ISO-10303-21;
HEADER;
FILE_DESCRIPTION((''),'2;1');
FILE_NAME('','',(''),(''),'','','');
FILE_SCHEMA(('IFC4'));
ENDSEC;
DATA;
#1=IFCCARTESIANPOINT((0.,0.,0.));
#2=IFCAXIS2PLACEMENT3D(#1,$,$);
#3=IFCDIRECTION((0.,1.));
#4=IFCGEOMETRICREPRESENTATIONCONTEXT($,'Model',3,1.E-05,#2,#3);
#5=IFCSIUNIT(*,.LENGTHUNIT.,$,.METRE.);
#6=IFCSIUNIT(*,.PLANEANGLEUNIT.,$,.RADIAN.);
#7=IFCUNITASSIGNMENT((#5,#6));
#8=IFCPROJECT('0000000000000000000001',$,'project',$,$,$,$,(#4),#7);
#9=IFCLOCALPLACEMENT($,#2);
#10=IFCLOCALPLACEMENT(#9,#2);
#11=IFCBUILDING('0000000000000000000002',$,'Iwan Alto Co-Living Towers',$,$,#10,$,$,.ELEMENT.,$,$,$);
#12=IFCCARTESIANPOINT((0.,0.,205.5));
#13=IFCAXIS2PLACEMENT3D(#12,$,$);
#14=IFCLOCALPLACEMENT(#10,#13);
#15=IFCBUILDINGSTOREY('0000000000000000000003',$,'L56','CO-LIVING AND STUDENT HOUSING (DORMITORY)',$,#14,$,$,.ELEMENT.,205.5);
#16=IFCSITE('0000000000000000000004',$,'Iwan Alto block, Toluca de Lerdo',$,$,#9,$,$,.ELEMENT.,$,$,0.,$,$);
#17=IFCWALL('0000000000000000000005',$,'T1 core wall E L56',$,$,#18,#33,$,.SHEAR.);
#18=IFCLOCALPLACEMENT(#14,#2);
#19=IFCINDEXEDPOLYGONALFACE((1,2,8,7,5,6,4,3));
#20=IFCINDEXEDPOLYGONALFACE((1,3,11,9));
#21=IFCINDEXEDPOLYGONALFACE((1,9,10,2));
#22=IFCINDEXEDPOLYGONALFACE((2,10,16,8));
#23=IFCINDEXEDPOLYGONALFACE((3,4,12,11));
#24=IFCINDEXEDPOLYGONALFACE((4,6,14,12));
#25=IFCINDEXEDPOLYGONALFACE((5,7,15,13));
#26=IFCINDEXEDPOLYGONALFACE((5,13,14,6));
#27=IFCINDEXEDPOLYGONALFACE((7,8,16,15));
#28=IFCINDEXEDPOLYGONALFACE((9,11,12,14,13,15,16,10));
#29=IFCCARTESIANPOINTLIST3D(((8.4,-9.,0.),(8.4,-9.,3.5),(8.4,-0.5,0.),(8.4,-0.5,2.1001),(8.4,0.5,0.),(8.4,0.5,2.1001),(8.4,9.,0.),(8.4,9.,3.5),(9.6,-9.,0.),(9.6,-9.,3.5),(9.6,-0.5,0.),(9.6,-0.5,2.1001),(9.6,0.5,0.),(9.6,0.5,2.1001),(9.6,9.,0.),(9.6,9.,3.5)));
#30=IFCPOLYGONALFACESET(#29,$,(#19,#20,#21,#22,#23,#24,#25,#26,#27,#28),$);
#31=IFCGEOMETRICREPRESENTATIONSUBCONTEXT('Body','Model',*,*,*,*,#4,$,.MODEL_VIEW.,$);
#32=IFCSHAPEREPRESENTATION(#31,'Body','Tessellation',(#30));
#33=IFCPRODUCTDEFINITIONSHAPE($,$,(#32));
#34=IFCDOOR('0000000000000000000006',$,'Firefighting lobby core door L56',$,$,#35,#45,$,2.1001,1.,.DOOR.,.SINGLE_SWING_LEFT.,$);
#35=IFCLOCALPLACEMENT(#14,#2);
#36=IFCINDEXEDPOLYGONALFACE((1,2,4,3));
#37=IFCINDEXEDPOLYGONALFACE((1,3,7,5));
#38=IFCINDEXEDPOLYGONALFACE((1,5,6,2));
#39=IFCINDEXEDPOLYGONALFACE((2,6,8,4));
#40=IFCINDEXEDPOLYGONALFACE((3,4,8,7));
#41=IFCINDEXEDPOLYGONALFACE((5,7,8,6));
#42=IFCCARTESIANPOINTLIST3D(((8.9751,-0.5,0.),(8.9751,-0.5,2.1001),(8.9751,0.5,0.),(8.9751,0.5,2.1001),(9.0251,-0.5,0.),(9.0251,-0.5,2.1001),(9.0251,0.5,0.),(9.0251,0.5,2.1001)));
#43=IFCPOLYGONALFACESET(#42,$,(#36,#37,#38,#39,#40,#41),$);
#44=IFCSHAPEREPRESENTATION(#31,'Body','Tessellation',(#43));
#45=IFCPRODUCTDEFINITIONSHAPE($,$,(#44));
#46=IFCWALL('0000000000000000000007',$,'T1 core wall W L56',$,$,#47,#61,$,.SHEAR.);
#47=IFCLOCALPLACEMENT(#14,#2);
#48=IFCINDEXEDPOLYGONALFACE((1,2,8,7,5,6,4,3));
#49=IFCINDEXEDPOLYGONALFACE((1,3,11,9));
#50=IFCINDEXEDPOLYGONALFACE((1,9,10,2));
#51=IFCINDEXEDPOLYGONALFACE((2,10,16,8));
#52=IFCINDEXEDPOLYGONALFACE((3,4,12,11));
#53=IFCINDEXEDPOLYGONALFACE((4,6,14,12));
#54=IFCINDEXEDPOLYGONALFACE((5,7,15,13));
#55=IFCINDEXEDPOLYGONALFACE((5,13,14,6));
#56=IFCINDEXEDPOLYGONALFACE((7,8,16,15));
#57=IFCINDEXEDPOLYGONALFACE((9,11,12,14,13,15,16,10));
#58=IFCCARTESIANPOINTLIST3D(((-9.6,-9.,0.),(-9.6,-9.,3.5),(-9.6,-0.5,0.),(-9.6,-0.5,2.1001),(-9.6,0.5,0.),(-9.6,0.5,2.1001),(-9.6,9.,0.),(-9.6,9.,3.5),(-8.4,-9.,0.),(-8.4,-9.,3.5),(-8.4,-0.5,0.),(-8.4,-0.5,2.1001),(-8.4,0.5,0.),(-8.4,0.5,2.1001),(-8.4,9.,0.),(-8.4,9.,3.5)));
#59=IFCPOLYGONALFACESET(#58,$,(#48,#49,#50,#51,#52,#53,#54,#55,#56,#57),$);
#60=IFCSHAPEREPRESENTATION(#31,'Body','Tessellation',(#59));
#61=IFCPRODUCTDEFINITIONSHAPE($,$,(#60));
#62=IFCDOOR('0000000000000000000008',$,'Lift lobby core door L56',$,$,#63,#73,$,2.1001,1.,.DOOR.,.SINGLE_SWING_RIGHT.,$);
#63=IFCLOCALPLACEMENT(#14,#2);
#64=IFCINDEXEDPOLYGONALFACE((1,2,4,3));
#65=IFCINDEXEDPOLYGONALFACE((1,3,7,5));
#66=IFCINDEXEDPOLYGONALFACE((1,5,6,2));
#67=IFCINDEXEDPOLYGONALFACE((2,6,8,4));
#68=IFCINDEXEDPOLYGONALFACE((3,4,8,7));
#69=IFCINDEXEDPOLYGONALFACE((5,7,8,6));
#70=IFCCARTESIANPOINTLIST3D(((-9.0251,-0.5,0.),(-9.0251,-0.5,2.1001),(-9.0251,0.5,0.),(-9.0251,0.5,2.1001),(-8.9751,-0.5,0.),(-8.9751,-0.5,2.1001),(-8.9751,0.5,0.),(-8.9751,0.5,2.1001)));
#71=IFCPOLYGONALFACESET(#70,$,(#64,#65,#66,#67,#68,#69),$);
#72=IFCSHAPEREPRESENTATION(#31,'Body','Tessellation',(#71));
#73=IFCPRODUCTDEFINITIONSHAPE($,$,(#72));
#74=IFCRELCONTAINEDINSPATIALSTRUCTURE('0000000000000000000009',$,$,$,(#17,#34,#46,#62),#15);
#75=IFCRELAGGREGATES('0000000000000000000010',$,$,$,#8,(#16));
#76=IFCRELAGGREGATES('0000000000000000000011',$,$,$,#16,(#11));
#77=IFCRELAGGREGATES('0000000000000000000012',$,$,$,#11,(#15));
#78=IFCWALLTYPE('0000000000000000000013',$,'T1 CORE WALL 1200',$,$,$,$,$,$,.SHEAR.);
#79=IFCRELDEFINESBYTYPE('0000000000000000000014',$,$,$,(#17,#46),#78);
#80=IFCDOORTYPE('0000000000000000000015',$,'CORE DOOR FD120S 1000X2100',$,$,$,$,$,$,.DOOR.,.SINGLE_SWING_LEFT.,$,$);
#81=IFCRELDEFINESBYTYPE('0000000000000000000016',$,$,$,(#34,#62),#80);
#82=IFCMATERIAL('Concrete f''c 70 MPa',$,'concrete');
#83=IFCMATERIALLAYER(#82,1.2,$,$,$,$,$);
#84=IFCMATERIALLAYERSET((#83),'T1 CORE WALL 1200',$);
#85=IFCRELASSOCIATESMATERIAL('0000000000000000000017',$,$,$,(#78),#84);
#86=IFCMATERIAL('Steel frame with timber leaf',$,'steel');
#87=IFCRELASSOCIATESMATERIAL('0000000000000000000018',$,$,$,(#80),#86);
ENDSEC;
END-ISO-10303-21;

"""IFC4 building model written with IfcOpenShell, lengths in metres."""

from ifc_helpers import new_model, si_unit, direction, frame, frame_2d, origin, place, context, subcontext, project, spatial, rectangle, extrude, material, layer, layer_set, type_object, element, fill, save


model = new_model("IFC4")

# Units and contexts
model_context = context("Model", 3, precision=1e-05, world=origin(), true_north=direction((0.0, 1.0)))
body_context = subcontext(model_context, "Body", "Model", "MODEL_VIEW")
ifc_project = project(units=[si_unit("LENGTHUNIT", "METRE"), si_unit("PLANEANGLEUNIT", "RADIAN")], contexts=[model_context])

# Site, building, storey
site_placement = place(None, origin())
site = spatial("IfcSite", under=ifc_project, at=site_placement, Name="Iwan Alto block, Toluca de Lerdo", CompositionType="ELEMENT", RefElevation=0.0)
building_placement = place(site_placement, origin())
building = spatial("IfcBuilding", under=site, at=building_placement, Name="Iwan Alto Co-Living Towers", CompositionType="ELEMENT")
storey_placement = place(building_placement, frame((0.0, 0.0, 205.5)))
storey = spatial("IfcBuildingStorey", under=building, at=storey_placement, Name="L56", Description="CO-LIVING AND STUDENT HOUSING (DORMITORY)", CompositionType="ELEMENT", Elevation=205.5)

# Shared definitions
ifc_material_1 = material(Name="Concrete f'c 70 MPa", Category="concrete")
ifc_layer_1 = layer(ifc_material_1, 1.2)
ifc_layer_set_1 = layer_set([ifc_layer_1], Name="T1 CORE WALL 1200")
wall_type_1 = type_object("IfcWallType", Name="T1 CORE WALL 1200", PredefinedType="SHEAR", material=ifc_layer_set_1)

# Walls, openings, doors
wall_1_placement = place(storey_placement, frame((9.0, -9.0, 0.0), z_axis=(0.0, 0.0, 1.0), x_axis=(0.0, 1.0, 0.0)))
wall_1 = element("IfcWall", 1, at=wall_1_placement, inside=storey, type_object=wall_type_1, Name="T1 core wall E L56", PredefinedType="SHEAR", context=body_context, shape_type="SweptSolid", body=[
    extrude(rectangle(XDim=18.0, YDim=1.2, at=frame_2d((9.0, 0.0))), origin(), (0.0, 0.0, 1.0), 3.5),
])
opening_1_placement = place(wall_1_placement, frame((8.5, 0.0, 0.0)))
opening_1 = element("IfcOpeningElement", 2, at=opening_1_placement, cuts=wall_1, PredefinedType="OPENING", context=body_context, shape_type="SweptSolid", body=[
    extrude(rectangle(XDim=1.0, YDim=2.1001, at=frame_2d((0.5, 1.05))), frame((0.0, 0.6099, 0.0), z_axis=(0.0, -1.0, 0.0), x_axis=(1.0, 0.0, 0.0)), (0.0, 0.0, 1.0), 1.22),
])
ifc_material_2 = material(Name="Steel frame with timber leaf", Category="steel")
door_type_1 = type_object("IfcDoorType", Name="CORE DOOR FD120S 1000X2100", OperationType="SINGLE_SWING_LEFT", PredefinedType="DOOR", material=ifc_material_2)
door_1_placement = place(opening_1_placement, origin())
door_1 = element("IfcDoor", 3, at=door_1_placement, inside=storey, type_object=door_type_1, Name="Firefighting lobby core door L56", OperationType="SINGLE_SWING_LEFT", OverallHeight=2.1001, OverallWidth=1.0, PredefinedType="DOOR", context=body_context, shape_type="SweptSolid", body=[
    extrude(rectangle(XDim=1.0, YDim=2.1001, at=frame_2d((0.5, 1.05))), frame((0.0, 0.0249, 0.0), z_axis=(0.0, -1.0, 0.0), x_axis=(1.0, 0.0, 0.0)), (0.0, 0.0, 1.0), 0.05),
])
fill(opening_1, door_1)
wall_2_placement = place(storey_placement, frame((-9.0, 9.0, 0.0), z_axis=(0.0, 0.0, 1.0), x_axis=(0.0, -1.0, 0.0)))
wall_2 = element("IfcWall", 4, at=wall_2_placement, inside=storey, type_object=wall_type_1, Name="T1 core wall W L56", PredefinedType="SHEAR", context=body_context, shape_type="SweptSolid", body=[
    extrude(rectangle(XDim=18.0, YDim=1.2, at=frame_2d((9.0, 0.0))), origin(), (0.0, 0.0, 1.0), 3.5),
])
opening_2_placement = place(wall_2_placement, frame((8.5, 0.0, 0.0)))
opening_2 = element("IfcOpeningElement", 5, at=opening_2_placement, cuts=wall_2, PredefinedType="OPENING", context=body_context, shape_type="SweptSolid", body=[
    extrude(rectangle(XDim=1.0, YDim=2.1001, at=frame_2d((0.5, 1.05))), frame((0.0, 0.6099, 0.0), z_axis=(0.0, -1.0, 0.0), x_axis=(1.0, 0.0, 0.0)), (0.0, 0.0, 1.0), 1.22),
])
door_2_placement = place(opening_2_placement, origin())
door_2 = element("IfcDoor", 6, at=door_2_placement, inside=storey, type_object=door_type_1, Name="Lift lobby core door L56", OperationType="SINGLE_SWING_RIGHT", OverallHeight=2.1001, OverallWidth=1.0, PredefinedType="DOOR", context=body_context, shape_type="SweptSolid", body=[
    extrude(rectangle(XDim=1.0, YDim=2.1001, at=frame_2d((0.5, 1.05))), frame((0.0, 0.0249, 0.0), z_axis=(0.0, -1.0, 0.0), x_axis=(1.0, 0.0, 0.0)), (0.0, 0.0, 1.0), 0.05),
])
fill(opening_2, door_2)

save(model, "model.ifc")
